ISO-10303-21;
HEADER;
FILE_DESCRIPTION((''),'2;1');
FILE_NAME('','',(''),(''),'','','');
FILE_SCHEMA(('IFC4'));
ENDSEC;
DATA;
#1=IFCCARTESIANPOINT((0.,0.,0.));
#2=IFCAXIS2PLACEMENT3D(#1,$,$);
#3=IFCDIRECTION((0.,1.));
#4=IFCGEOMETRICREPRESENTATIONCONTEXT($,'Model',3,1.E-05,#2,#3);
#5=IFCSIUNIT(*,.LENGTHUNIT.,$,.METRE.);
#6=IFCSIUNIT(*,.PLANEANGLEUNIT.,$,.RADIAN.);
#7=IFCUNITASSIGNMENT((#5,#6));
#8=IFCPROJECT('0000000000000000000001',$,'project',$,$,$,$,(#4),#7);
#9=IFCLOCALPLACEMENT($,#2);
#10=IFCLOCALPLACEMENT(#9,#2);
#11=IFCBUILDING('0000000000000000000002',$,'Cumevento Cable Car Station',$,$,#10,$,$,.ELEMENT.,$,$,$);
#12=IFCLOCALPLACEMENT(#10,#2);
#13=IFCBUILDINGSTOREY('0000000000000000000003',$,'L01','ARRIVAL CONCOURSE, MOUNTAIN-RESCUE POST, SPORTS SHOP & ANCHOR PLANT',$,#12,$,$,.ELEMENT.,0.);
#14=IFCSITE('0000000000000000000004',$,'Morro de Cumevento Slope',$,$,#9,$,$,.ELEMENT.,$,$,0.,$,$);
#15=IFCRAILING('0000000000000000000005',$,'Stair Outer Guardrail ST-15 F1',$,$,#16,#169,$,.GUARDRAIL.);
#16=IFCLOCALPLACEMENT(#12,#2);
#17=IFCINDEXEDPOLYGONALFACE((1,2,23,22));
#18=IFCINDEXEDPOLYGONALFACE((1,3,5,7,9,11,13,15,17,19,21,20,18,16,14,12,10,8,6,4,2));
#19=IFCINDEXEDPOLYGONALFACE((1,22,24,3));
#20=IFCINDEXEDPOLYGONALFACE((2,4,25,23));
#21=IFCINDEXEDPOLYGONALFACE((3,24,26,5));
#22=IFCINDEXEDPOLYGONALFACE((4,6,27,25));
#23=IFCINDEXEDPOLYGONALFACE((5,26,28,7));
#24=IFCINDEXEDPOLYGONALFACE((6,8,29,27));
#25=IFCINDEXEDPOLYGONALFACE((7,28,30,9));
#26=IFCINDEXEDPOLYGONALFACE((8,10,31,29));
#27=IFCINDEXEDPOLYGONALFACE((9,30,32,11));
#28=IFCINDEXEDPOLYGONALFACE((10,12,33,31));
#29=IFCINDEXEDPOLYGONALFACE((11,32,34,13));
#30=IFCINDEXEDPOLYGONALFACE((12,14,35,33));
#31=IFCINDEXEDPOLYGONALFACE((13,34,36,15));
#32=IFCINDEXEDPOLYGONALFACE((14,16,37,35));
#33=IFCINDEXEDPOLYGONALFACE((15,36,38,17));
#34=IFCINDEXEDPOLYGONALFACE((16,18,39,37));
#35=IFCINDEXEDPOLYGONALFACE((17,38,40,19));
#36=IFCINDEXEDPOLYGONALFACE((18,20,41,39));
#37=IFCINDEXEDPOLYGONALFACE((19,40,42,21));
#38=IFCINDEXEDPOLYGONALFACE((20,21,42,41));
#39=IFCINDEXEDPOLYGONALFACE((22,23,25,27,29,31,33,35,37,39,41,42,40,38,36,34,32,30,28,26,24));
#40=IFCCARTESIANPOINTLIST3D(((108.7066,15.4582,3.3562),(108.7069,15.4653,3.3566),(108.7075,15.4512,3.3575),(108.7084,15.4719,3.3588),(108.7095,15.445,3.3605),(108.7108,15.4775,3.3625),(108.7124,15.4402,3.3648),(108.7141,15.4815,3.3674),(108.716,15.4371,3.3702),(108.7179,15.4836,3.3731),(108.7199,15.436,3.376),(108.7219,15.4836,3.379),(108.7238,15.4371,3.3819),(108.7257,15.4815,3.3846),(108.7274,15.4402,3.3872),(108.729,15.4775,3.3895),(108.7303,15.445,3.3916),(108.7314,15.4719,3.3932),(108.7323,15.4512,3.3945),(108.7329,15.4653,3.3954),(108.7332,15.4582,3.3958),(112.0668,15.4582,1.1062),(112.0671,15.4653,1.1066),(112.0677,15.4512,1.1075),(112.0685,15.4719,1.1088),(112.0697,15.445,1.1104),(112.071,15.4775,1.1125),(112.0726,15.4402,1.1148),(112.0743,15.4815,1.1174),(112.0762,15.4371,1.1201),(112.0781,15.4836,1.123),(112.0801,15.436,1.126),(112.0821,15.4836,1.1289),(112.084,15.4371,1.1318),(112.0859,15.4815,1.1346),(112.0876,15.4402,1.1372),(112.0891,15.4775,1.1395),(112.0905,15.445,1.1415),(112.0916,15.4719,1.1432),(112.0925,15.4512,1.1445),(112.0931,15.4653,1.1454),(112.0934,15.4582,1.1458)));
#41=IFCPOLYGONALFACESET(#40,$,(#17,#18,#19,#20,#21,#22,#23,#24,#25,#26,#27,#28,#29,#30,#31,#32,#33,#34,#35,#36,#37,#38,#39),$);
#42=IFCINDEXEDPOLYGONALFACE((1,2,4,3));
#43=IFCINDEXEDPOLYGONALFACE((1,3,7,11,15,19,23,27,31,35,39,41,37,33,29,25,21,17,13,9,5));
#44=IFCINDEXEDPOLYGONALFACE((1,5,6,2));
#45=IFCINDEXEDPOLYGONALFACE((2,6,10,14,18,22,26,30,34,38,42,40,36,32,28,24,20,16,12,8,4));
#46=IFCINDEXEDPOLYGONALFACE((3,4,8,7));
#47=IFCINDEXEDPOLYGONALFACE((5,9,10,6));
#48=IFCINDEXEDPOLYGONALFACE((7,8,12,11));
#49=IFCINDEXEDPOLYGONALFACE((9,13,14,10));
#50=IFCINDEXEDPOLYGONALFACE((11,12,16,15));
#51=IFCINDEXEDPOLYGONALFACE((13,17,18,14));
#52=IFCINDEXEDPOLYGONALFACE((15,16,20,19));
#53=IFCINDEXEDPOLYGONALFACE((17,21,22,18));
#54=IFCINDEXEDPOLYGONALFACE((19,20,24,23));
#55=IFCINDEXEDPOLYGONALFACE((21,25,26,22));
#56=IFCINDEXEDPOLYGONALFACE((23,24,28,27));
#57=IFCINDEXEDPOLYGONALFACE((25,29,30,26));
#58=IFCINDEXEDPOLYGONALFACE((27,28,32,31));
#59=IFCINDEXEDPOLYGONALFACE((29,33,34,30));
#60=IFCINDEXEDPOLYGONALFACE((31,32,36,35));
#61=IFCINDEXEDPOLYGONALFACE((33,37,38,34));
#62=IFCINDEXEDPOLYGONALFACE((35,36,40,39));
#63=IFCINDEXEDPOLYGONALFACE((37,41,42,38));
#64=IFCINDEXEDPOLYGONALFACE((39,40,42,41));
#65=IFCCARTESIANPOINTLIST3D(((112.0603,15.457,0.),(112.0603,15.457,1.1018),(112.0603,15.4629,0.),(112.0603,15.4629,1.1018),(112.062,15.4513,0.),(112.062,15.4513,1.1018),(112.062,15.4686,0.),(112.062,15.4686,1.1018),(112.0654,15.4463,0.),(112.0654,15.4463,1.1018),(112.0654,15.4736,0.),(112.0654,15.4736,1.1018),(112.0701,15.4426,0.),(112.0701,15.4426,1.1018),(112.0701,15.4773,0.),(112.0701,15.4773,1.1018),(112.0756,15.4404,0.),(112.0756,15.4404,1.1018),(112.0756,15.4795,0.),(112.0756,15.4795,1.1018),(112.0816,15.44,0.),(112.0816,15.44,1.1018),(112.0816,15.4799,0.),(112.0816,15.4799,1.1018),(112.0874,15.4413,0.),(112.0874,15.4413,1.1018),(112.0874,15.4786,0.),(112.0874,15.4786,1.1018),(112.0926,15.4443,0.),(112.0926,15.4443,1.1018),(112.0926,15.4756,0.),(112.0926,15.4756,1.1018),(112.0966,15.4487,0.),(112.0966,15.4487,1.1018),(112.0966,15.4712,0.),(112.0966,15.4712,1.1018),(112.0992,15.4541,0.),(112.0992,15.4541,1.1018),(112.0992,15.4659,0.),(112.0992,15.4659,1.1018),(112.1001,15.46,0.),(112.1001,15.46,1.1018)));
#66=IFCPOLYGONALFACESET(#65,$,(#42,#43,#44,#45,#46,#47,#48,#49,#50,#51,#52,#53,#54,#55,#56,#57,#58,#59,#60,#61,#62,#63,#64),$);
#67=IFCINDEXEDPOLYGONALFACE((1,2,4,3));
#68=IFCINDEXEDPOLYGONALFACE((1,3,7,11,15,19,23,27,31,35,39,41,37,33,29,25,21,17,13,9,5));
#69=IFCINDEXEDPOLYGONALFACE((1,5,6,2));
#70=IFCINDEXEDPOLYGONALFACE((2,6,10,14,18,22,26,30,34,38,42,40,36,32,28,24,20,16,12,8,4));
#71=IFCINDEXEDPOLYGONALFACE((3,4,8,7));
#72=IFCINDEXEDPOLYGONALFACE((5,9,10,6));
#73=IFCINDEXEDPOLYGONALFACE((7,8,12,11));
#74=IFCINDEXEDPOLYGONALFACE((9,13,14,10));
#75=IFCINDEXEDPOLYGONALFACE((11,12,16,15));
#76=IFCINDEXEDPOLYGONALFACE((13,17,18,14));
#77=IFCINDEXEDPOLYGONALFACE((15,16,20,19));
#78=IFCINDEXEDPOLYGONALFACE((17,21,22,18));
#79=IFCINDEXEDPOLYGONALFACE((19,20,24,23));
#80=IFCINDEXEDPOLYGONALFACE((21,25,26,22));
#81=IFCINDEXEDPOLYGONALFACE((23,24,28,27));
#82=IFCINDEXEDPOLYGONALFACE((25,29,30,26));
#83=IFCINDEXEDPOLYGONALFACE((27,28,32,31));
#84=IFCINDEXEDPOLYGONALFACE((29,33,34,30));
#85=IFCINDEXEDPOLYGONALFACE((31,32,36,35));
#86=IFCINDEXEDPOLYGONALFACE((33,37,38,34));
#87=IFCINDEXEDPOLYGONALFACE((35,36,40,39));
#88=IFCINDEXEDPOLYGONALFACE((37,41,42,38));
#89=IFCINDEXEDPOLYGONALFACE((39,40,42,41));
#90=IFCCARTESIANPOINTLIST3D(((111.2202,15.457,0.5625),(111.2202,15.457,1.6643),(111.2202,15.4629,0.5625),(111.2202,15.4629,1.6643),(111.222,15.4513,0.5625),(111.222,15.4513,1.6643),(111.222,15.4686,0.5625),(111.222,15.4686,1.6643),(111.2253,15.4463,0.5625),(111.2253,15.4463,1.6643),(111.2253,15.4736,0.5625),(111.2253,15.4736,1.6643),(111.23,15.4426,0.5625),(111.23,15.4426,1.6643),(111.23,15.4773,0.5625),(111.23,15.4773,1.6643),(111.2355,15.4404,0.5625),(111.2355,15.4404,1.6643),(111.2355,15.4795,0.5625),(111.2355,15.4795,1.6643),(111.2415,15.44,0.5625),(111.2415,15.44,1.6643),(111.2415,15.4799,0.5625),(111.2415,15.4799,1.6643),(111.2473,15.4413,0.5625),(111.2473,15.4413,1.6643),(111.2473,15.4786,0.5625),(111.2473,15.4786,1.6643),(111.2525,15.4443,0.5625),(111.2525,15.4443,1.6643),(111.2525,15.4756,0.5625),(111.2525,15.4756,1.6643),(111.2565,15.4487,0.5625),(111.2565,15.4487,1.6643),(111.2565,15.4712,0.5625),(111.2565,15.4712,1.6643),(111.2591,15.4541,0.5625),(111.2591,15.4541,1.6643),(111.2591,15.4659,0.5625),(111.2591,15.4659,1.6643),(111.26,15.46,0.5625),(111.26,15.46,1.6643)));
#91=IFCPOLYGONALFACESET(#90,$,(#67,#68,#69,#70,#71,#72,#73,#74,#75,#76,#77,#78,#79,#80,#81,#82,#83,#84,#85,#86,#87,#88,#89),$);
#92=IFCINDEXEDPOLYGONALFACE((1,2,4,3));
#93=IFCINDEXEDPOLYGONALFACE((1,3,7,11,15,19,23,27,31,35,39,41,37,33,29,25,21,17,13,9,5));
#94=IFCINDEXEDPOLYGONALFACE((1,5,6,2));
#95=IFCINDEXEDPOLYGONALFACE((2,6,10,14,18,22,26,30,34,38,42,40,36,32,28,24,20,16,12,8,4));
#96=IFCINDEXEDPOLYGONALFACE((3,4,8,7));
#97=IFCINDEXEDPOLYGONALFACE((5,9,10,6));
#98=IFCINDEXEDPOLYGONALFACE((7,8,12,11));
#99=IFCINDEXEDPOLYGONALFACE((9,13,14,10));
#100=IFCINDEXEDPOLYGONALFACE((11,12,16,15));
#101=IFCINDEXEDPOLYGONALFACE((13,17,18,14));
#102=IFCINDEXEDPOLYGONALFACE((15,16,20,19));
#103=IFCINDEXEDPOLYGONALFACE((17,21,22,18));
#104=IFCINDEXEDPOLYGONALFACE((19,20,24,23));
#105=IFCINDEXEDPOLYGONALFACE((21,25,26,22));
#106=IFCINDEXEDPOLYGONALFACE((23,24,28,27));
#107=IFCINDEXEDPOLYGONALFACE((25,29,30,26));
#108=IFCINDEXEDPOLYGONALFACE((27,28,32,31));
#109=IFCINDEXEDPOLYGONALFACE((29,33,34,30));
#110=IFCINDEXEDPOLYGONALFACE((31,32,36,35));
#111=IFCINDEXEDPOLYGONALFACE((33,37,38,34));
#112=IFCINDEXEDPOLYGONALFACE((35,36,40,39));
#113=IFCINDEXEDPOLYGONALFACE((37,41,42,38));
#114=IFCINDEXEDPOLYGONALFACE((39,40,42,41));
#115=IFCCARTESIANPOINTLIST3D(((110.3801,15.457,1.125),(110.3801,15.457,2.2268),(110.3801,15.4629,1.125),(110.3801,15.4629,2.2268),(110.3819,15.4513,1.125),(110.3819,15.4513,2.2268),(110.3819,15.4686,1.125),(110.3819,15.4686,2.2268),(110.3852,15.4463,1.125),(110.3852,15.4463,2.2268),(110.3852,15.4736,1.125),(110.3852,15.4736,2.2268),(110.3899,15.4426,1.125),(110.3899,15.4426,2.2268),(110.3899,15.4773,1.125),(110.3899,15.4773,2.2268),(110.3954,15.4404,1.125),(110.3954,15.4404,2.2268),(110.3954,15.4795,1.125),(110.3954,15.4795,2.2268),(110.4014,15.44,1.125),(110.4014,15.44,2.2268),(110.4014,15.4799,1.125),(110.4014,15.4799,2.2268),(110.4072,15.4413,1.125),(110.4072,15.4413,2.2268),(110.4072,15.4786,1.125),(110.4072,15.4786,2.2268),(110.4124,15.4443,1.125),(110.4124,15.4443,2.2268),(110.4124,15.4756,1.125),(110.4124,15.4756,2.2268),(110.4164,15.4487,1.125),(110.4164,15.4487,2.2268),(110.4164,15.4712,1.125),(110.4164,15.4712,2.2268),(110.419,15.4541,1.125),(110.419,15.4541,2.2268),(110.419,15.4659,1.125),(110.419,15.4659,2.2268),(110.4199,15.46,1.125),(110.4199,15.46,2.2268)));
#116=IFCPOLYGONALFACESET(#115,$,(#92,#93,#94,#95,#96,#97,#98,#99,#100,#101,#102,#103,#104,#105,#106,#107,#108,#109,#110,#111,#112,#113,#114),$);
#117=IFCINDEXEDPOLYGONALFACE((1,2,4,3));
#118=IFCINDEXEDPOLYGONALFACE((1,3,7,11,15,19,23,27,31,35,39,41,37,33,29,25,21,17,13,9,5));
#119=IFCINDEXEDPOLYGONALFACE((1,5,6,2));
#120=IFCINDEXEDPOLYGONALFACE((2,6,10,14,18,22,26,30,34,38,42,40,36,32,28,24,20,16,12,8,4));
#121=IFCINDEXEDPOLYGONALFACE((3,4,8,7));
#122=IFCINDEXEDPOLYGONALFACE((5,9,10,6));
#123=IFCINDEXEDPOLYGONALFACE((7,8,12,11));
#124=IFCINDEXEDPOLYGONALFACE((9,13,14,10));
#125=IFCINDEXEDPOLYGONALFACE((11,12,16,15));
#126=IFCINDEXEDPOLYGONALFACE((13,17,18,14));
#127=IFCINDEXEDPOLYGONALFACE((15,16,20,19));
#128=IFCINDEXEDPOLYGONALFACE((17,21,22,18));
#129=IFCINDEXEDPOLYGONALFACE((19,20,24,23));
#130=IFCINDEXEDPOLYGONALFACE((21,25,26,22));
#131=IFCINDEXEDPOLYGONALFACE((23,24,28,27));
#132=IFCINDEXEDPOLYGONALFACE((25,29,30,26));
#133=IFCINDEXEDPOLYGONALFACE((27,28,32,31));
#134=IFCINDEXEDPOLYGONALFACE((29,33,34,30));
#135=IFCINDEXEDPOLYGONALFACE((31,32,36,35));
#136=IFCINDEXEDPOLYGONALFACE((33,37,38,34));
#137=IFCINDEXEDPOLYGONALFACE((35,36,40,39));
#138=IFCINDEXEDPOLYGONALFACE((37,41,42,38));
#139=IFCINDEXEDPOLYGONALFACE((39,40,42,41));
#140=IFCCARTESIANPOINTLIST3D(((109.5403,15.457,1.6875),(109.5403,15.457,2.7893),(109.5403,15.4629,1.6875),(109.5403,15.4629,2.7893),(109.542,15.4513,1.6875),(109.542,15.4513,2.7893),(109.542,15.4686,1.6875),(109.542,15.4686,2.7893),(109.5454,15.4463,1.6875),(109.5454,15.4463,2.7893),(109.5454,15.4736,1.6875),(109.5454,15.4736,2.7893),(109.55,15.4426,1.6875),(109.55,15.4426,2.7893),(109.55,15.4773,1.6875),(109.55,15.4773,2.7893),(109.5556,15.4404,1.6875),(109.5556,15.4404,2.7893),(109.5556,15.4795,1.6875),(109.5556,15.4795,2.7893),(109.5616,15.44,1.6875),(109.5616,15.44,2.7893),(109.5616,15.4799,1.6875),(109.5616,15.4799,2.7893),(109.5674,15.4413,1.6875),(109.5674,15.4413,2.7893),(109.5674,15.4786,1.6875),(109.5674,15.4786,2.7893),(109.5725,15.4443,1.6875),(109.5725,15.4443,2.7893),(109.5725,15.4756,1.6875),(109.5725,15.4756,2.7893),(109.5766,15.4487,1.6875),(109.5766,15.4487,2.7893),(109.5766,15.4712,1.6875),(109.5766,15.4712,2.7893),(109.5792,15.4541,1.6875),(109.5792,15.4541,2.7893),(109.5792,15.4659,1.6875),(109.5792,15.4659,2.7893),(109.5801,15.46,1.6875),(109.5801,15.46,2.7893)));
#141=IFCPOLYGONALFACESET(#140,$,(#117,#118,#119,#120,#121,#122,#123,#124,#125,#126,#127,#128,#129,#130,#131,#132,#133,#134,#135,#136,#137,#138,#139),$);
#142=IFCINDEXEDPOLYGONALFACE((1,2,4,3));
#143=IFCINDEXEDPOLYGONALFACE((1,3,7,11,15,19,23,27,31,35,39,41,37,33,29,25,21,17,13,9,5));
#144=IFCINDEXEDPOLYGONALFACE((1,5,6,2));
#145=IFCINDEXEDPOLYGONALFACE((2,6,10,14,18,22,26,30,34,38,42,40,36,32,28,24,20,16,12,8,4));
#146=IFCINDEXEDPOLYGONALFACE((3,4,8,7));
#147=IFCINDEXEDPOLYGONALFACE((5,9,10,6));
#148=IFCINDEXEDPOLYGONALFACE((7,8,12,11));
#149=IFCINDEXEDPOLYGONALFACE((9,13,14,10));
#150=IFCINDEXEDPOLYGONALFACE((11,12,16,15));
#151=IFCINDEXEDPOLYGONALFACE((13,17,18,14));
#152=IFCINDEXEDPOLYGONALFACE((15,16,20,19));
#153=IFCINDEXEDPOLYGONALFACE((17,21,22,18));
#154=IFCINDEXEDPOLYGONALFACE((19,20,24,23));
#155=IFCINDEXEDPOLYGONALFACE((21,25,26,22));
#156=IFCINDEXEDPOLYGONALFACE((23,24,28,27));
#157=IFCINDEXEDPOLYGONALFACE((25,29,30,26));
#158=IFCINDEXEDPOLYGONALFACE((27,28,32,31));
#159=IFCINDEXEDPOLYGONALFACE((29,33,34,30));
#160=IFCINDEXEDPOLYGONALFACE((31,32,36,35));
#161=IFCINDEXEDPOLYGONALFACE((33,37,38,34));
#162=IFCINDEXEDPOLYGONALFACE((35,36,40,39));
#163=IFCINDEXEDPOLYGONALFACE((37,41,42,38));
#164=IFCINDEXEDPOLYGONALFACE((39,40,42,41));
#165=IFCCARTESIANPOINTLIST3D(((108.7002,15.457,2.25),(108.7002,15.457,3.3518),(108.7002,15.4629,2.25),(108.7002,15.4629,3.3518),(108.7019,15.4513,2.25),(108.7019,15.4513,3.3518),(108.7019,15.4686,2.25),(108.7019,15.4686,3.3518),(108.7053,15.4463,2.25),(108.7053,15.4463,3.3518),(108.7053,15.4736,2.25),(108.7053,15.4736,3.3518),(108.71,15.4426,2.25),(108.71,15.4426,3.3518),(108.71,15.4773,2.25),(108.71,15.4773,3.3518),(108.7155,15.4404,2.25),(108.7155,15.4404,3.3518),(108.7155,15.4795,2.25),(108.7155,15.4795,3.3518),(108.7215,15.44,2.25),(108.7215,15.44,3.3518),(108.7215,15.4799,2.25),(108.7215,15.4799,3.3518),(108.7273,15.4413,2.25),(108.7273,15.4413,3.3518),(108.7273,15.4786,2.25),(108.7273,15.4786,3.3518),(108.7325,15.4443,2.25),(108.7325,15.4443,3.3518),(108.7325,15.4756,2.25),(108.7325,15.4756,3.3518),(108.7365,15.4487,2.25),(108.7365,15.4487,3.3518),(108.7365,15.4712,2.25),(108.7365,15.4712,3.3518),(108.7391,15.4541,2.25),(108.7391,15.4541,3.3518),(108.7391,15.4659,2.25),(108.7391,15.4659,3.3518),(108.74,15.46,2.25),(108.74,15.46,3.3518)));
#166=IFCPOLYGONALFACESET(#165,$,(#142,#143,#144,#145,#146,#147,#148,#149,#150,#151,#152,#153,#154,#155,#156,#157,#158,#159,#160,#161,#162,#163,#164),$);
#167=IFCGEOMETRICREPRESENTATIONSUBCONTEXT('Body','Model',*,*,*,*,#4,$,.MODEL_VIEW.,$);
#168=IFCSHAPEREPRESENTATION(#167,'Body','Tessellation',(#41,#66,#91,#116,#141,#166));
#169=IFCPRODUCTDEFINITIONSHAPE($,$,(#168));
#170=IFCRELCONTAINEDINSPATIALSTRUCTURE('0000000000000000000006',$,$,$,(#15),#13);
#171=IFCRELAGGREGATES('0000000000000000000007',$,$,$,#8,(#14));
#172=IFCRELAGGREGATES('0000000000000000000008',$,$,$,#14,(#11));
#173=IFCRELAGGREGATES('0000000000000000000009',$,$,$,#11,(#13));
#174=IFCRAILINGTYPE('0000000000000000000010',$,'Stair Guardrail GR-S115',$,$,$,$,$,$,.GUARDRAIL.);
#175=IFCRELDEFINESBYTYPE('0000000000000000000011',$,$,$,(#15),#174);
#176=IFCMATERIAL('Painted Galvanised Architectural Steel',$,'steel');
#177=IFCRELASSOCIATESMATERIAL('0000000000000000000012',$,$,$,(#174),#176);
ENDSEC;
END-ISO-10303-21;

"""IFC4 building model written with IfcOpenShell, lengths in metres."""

from ifc_helpers import new_model, si_unit, direction, frame, origin, origin_2d, place, context, subcontext, project, spatial, circle, extrude, material, type_object, element, save


model = new_model("IFC4")

# Units and contexts
model_context = context("Model", 3, precision=1e-05, world=origin(), true_north=direction((0.0, 1.0)))
body_context = subcontext(model_context, "Body", "Model", "MODEL_VIEW")
ifc_project = project(units=[si_unit("LENGTHUNIT", "METRE"), si_unit("PLANEANGLEUNIT", "RADIAN")], contexts=[model_context])

# Site, building, storey
site_placement = place(None, origin())
site = spatial("IfcSite", under=ifc_project, at=site_placement, Name="Morro de Cumevento Slope", CompositionType="ELEMENT", RefElevation=0.0)
building_placement = place(site_placement, origin())
building = spatial("IfcBuilding", under=site, at=building_placement, Name="Cumevento Cable Car Station", CompositionType="ELEMENT")
storey_placement = place(building_placement, origin())
storey = spatial("IfcBuildingStorey", under=building, at=storey_placement, Name="L01", Description="ARRIVAL CONCOURSE, MOUNTAIN-RESCUE POST, SPORTS SHOP & ANCHOR PLANT", CompositionType="ELEMENT", Elevation=0.0)

# Railing
ifc_material_1 = material(Name="Painted Galvanised Architectural Steel", Category="steel")
railing_type_1 = type_object("IfcRailingType", Name="Stair Guardrail GR-S115", PredefinedType="GUARDRAIL", material=ifc_material_1)
railing_1_placement = place(storey_placement, frame((112.0801, 15.46, 0.0)))
element("IfcRailing", 1, at=railing_1_placement, inside=storey, type_object=railing_type_1, Name="Stair Outer Guardrail ST-15 F1", PredefinedType="GUARDRAIL", context=body_context, shape_type="SweptSolid", body=[
    extrude(circle(Radius=0.0239, at=origin_2d()), frame((0.0, 0.0, 1.126), z_axis=(-0.830915, 0.0, 0.556399), x_axis=(0.0, -1.0, 0.0)), (0.0, 0.0, 1.0), 4.0439),
    extrude(circle(Radius=0.02, at=origin_2d()), origin(), (0.0, 0.0, 1.0), 1.1018),
    extrude(circle(Radius=0.02, at=origin_2d()), frame((-0.8401, 0.0, 0.5625)), (0.0, 0.0, 1.0), 1.1018),
    extrude(circle(Radius=0.02, at=origin_2d()), frame((-1.6802, 0.0, 1.125)), (0.0, 0.0, 1.0), 1.1018),
    extrude(circle(Radius=0.02, at=origin_2d()), frame((-2.52, 0.0, 1.6875)), (0.0, 0.0, 1.0), 1.1018),
    extrude(circle(Radius=0.02, at=origin_2d()), frame((-3.3601, 0.0, 2.25)), (0.0, 0.0, 1.0), 1.1018),
])

save(model, "model.ifc")
